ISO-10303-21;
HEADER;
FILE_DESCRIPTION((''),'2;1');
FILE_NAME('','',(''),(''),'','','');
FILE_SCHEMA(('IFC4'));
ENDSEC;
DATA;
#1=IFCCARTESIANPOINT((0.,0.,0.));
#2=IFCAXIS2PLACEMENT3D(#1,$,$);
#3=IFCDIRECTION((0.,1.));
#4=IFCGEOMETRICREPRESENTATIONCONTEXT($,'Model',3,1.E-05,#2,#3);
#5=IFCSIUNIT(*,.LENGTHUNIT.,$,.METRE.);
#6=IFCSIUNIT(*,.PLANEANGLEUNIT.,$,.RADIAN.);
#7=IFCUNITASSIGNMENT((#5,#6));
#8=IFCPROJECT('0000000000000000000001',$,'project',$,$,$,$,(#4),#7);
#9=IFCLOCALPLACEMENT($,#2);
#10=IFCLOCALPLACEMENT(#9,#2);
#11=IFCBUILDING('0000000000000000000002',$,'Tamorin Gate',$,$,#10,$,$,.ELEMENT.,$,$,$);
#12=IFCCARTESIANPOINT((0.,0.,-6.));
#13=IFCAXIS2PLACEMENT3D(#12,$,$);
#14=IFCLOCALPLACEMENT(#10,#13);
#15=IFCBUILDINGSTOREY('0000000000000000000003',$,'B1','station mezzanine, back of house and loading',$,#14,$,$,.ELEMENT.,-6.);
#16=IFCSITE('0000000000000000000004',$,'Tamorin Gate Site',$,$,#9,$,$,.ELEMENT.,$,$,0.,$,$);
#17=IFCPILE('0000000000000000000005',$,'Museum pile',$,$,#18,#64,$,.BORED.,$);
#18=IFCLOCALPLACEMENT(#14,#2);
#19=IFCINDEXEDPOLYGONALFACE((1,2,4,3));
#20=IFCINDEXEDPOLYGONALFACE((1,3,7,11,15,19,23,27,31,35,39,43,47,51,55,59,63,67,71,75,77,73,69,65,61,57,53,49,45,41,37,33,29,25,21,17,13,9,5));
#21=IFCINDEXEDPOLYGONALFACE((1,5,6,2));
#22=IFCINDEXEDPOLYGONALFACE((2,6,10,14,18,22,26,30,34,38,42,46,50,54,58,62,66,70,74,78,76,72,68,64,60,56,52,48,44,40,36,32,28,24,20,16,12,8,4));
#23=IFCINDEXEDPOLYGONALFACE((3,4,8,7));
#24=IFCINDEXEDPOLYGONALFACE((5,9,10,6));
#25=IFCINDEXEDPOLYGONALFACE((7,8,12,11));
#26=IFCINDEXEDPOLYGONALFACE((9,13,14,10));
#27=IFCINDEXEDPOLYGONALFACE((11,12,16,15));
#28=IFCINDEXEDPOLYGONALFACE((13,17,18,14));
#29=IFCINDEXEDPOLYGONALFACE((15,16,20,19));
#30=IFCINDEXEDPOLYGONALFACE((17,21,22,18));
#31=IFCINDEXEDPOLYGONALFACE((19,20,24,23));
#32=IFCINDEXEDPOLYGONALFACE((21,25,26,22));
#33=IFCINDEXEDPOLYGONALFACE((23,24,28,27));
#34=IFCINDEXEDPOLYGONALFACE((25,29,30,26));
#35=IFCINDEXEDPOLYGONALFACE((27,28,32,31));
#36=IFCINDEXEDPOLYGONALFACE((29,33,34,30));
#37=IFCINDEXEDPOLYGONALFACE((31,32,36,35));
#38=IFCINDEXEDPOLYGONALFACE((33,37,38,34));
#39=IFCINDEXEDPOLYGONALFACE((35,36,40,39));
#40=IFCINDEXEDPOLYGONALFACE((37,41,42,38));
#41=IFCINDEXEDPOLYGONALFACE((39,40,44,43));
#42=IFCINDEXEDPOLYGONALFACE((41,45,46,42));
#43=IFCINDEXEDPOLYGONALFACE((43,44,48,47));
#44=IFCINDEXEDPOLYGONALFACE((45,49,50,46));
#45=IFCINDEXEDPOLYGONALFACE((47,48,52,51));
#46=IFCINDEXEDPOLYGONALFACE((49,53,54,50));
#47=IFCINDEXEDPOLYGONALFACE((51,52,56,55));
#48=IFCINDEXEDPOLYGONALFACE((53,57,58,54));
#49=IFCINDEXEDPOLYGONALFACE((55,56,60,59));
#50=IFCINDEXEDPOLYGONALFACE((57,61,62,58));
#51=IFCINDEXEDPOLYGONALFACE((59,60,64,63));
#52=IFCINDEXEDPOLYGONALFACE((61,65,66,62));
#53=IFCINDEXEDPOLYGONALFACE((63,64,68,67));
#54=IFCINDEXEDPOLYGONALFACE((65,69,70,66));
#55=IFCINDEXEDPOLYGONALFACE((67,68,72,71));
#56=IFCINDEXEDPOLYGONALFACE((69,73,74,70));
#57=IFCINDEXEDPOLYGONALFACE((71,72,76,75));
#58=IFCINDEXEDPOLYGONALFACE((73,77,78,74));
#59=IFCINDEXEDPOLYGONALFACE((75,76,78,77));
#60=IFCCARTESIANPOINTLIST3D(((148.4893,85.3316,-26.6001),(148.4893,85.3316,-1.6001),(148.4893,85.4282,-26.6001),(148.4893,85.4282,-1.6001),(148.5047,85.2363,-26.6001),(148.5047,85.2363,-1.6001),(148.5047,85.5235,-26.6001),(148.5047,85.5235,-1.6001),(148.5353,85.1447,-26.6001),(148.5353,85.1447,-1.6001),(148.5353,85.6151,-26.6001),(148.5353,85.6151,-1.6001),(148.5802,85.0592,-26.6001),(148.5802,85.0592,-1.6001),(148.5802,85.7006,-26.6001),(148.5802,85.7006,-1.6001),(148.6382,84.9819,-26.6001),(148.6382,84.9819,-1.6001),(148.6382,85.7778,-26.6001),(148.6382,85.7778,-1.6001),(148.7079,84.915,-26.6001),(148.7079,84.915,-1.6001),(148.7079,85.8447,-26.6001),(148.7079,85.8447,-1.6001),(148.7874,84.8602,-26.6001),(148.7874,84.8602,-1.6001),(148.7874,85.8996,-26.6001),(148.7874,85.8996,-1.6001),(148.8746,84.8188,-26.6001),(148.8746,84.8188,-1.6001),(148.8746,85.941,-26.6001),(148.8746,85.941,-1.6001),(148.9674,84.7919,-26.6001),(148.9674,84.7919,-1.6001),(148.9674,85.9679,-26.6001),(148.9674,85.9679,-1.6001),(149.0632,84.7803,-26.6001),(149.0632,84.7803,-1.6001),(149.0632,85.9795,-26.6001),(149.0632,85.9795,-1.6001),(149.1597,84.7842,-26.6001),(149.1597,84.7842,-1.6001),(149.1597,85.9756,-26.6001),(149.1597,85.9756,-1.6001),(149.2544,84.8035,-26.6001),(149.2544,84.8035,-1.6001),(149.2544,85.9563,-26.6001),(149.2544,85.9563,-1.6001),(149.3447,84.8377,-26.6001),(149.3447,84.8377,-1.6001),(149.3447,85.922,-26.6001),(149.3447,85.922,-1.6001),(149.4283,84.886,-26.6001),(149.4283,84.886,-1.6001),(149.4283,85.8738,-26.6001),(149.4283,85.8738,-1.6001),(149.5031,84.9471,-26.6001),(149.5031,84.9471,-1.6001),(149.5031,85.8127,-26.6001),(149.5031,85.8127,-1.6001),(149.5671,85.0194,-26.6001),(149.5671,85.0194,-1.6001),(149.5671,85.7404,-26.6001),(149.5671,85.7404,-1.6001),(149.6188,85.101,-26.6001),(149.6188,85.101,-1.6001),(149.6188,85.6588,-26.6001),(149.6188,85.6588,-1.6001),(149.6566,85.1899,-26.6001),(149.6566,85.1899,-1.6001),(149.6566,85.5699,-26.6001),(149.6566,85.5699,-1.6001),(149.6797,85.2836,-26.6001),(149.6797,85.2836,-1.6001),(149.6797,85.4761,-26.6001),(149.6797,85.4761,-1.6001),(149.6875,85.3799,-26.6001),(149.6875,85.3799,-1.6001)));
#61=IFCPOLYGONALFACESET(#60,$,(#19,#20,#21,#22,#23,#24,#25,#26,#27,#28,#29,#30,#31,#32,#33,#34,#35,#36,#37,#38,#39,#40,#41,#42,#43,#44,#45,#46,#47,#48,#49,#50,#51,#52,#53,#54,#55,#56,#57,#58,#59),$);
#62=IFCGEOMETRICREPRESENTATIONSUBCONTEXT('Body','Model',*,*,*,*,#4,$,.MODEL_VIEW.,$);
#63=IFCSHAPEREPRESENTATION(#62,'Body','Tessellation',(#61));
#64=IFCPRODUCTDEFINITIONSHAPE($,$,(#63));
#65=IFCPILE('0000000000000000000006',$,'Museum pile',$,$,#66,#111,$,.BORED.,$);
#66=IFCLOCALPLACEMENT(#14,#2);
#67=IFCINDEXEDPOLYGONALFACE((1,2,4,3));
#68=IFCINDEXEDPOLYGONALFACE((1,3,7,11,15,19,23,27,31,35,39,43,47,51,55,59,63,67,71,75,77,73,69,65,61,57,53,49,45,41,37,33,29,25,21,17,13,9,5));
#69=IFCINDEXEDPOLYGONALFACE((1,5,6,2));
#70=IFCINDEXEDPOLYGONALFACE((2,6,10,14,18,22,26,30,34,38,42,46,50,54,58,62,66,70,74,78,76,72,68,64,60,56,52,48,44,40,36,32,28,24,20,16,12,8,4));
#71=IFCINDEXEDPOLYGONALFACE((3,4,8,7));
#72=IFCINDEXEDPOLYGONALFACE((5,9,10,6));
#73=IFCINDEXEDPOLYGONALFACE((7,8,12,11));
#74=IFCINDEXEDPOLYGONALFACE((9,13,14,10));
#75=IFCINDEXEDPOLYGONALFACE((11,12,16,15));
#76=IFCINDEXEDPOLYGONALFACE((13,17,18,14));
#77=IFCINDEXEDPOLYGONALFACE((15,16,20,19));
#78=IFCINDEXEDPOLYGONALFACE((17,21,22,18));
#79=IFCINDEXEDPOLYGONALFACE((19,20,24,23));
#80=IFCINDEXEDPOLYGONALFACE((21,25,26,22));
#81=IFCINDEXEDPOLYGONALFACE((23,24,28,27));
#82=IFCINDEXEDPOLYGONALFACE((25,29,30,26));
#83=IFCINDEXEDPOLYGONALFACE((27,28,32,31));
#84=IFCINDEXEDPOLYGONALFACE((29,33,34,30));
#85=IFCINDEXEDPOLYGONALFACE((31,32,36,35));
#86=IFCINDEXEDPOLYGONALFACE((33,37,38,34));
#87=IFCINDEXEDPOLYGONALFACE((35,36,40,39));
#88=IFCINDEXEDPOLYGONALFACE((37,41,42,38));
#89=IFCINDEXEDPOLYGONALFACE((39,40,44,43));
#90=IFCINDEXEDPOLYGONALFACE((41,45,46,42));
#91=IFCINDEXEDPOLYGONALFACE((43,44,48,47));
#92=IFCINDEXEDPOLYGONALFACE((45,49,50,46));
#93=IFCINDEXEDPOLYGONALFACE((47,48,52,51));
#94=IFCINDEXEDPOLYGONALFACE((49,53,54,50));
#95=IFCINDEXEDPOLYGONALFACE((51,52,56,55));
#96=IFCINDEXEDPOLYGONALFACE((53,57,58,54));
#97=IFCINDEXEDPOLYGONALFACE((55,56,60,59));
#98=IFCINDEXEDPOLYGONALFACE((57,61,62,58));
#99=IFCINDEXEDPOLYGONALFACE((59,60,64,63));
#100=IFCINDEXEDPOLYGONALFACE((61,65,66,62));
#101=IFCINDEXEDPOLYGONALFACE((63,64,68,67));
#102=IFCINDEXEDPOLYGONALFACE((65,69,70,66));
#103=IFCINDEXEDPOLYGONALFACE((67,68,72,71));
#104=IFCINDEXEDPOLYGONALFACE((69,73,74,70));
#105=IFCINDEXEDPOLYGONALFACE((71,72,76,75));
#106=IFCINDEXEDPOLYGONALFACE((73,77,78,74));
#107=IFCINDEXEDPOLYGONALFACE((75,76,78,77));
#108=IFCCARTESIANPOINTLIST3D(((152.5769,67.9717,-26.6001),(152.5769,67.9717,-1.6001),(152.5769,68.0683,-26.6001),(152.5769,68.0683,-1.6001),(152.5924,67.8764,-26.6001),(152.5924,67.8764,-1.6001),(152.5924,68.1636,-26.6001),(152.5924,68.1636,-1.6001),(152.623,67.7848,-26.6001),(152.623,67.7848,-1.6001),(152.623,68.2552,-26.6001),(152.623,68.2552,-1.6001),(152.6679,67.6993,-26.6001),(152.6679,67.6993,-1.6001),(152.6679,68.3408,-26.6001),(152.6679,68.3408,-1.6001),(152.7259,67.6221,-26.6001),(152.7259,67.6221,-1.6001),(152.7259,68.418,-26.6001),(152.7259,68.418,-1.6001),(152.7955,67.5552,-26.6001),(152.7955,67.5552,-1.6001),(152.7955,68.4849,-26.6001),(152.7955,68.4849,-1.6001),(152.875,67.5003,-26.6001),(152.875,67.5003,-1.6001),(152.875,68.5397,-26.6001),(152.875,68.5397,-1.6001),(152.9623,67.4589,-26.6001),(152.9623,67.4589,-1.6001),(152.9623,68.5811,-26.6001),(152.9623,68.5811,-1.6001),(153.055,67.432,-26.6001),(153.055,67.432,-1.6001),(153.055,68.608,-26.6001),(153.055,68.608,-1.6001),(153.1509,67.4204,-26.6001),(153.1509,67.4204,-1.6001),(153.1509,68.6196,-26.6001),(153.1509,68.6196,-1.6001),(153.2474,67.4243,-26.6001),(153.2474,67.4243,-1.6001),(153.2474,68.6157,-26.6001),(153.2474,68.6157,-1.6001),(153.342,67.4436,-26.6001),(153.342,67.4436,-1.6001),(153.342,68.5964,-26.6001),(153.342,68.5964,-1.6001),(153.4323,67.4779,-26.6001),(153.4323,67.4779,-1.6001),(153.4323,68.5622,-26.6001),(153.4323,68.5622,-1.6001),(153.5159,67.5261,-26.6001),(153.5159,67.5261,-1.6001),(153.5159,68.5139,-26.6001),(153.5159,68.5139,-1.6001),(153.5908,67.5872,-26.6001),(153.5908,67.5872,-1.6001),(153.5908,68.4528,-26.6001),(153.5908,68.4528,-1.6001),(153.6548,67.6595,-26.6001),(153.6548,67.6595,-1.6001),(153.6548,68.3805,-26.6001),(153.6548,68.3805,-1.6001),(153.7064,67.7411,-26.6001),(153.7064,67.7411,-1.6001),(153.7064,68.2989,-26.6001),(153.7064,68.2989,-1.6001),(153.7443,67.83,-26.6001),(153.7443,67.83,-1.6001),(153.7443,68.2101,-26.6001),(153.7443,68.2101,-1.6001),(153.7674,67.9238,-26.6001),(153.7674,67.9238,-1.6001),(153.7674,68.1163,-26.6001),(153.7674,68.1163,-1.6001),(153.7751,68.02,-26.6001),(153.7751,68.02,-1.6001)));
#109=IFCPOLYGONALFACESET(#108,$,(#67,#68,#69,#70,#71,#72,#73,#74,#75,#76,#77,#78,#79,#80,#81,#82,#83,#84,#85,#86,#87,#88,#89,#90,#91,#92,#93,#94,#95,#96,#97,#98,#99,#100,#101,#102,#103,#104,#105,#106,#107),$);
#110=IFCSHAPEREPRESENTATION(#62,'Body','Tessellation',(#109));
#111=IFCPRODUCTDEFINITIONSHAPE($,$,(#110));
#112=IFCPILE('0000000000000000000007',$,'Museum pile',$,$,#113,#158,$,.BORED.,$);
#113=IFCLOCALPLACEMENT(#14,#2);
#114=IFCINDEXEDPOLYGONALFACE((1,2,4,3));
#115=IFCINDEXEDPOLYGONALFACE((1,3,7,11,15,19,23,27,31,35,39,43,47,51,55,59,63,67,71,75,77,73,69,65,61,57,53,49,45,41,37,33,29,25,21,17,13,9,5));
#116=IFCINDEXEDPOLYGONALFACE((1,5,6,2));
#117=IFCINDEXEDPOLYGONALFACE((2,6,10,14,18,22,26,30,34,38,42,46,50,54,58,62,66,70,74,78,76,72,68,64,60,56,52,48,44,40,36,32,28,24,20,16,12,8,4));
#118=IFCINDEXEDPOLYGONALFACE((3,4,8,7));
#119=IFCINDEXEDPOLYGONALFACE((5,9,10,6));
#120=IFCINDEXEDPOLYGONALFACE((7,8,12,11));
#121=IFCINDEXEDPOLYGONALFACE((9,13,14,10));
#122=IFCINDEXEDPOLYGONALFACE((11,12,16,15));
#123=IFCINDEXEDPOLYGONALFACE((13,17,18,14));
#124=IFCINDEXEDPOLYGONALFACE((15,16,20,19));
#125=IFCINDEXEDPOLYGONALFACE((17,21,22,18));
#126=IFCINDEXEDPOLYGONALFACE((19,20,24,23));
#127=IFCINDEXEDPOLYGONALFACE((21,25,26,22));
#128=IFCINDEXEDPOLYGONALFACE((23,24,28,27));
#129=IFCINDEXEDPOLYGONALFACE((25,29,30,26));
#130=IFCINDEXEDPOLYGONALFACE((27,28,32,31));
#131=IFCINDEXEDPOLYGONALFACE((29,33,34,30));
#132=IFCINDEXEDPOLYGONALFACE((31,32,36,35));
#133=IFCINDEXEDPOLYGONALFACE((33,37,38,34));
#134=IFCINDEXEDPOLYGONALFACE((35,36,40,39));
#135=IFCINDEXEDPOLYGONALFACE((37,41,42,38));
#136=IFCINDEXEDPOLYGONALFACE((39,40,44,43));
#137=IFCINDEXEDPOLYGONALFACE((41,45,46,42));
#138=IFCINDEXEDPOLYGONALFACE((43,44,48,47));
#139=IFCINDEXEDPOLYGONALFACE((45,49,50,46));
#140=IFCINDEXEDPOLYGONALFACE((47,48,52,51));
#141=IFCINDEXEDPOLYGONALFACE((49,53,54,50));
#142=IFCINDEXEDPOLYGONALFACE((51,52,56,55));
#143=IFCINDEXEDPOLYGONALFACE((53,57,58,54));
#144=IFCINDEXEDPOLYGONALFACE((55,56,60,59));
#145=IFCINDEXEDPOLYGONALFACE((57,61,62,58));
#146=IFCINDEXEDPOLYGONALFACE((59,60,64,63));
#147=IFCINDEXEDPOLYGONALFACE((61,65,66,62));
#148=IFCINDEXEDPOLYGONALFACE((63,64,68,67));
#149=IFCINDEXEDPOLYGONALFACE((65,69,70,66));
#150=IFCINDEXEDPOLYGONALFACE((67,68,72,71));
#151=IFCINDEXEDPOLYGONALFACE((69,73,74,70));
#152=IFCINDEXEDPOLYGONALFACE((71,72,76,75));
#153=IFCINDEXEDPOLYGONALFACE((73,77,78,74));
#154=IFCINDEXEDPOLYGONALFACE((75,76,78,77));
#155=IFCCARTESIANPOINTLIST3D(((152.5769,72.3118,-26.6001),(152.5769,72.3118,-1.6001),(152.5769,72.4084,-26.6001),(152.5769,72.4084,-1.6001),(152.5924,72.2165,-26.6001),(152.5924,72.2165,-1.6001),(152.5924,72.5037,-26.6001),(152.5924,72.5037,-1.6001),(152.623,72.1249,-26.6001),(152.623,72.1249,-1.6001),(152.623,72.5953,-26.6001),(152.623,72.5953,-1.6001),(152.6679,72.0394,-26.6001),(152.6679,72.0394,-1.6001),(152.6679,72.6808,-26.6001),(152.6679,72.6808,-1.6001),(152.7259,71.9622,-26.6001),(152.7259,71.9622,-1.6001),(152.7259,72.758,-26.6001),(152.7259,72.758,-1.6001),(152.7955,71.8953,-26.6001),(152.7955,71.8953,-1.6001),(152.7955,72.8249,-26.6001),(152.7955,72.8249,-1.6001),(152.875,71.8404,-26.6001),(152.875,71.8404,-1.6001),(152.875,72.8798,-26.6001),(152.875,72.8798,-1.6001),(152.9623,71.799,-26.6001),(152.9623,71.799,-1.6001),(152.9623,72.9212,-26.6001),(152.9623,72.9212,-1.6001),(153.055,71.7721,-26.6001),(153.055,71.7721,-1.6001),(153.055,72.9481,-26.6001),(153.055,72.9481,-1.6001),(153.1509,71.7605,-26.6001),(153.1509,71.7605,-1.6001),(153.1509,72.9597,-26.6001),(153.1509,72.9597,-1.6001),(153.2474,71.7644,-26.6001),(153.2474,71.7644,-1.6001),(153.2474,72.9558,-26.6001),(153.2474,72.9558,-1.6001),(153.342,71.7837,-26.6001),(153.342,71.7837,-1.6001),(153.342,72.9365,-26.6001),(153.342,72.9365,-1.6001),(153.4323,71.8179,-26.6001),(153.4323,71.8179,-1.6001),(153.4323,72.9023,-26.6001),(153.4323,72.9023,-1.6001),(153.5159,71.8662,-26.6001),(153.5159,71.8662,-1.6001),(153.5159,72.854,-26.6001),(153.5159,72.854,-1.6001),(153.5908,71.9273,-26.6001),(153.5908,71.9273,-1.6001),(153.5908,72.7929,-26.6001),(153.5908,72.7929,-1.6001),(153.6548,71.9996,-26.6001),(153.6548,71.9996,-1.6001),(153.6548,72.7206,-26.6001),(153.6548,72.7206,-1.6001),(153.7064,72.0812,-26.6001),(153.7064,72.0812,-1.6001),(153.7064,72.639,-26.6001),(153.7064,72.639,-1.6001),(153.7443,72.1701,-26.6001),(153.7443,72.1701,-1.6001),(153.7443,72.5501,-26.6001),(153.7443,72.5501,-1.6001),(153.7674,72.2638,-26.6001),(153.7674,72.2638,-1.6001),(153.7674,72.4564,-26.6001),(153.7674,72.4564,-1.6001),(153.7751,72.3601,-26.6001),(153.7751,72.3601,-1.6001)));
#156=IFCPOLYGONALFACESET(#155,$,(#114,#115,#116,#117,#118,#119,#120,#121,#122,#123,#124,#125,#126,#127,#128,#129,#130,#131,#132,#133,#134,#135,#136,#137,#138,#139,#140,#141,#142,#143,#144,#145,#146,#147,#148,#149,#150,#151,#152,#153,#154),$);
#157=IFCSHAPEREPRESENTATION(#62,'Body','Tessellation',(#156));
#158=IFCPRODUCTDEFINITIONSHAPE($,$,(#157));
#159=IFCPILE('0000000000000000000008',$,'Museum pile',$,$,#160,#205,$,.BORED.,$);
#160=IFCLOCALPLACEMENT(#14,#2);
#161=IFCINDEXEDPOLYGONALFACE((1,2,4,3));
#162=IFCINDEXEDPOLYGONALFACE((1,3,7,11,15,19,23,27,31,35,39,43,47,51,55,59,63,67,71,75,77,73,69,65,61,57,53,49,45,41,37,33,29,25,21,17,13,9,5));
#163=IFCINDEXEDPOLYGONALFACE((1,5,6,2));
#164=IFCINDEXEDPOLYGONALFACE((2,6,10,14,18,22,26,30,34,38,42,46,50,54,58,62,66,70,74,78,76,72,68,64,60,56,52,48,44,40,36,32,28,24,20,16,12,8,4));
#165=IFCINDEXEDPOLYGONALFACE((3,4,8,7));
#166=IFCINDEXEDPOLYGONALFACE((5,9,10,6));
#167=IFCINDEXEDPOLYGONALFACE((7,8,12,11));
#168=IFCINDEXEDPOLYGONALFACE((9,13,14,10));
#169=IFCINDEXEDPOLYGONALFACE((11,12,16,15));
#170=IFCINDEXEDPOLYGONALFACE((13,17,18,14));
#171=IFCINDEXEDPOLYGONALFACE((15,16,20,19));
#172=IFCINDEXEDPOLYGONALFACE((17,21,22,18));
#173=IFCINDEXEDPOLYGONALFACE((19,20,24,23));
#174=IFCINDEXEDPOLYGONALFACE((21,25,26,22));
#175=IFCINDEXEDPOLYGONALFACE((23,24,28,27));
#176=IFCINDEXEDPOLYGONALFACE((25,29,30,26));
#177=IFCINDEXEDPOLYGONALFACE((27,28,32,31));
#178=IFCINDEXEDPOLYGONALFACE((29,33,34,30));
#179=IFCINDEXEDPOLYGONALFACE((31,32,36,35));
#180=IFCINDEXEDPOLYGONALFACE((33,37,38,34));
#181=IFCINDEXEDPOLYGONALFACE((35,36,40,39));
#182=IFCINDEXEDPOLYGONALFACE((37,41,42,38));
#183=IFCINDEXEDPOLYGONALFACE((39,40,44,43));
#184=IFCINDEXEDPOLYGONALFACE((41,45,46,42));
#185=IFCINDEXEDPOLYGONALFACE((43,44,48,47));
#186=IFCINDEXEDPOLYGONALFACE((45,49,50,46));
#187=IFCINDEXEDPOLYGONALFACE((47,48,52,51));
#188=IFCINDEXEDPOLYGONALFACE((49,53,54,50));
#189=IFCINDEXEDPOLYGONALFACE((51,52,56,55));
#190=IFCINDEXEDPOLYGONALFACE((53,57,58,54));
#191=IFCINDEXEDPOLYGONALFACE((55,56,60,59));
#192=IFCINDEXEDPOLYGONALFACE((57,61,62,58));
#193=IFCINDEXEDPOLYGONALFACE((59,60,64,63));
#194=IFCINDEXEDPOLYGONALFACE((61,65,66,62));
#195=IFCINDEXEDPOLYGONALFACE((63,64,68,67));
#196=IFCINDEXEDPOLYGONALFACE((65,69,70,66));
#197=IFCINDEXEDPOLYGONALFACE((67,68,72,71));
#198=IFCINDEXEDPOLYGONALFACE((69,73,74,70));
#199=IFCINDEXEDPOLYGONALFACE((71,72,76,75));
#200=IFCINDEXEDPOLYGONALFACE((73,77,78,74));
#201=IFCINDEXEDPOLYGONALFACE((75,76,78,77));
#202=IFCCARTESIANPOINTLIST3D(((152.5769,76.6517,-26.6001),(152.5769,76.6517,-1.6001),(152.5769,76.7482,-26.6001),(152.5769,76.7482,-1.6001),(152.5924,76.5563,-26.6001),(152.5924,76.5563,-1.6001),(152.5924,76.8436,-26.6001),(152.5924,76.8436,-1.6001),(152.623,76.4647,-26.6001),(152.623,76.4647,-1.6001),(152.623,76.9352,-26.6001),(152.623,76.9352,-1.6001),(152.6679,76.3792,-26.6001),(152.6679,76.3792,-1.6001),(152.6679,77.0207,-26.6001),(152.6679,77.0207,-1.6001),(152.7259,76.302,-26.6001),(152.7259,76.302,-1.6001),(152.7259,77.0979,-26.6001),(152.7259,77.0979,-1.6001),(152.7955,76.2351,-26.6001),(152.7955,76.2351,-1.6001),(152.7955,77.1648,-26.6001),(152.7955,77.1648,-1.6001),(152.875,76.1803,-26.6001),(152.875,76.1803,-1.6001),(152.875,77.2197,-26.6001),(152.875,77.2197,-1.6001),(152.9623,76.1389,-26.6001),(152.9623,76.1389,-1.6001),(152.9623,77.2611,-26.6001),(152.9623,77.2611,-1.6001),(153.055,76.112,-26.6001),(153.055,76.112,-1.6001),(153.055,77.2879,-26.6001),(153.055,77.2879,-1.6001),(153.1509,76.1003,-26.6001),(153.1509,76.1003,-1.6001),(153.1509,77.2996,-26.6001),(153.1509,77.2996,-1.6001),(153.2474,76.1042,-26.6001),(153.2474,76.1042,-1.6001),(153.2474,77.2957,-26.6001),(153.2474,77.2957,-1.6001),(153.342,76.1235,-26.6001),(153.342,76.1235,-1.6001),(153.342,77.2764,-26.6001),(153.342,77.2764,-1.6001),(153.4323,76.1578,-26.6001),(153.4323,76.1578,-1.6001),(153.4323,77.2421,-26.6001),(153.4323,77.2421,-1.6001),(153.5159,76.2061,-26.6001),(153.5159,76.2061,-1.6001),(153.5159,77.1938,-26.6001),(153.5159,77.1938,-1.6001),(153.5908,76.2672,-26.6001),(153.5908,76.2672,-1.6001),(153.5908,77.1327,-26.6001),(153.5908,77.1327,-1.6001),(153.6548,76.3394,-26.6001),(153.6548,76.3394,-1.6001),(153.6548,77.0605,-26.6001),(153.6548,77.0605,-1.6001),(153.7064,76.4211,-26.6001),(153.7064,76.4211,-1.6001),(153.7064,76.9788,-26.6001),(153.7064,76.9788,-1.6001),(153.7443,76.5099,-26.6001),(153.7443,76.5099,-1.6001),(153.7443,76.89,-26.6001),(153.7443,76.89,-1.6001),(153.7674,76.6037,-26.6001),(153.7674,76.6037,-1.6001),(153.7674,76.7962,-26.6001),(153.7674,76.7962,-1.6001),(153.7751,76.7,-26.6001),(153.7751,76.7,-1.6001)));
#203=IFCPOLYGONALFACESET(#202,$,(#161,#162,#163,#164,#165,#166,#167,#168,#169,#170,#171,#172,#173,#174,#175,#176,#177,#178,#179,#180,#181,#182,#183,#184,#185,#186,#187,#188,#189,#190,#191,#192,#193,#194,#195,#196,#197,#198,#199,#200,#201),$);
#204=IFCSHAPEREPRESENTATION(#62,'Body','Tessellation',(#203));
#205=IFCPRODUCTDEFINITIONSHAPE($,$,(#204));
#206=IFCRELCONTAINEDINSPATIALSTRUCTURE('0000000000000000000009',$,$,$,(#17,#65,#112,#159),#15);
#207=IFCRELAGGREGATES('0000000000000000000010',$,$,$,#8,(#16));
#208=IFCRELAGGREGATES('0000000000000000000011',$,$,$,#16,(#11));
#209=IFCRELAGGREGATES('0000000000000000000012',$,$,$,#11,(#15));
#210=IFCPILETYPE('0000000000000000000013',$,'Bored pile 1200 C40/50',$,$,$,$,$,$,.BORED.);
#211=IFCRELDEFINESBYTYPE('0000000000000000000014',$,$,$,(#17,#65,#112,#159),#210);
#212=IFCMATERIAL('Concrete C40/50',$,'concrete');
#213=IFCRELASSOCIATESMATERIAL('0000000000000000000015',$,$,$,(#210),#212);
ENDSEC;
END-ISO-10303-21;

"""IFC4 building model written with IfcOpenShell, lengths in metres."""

from ifc_helpers import new_model, si_unit, direction, frame, origin, origin_2d, place, context, subcontext, project, spatial, circle, extrude, material, material_profile, profile_set, type_object, element, save


model = new_model("IFC4")

# Units and contexts
model_context = context("Model", 3, precision=1e-05, world=origin(), true_north=direction((0.0, 1.0)))
body_context = subcontext(model_context, "Body", "Model", "MODEL_VIEW")
ifc_project = project(units=[si_unit("LENGTHUNIT", "METRE"), si_unit("PLANEANGLEUNIT", "RADIAN")], contexts=[model_context])

# Site, building, storey
site_placement = place(None, origin())
site = spatial("IfcSite", under=ifc_project, at=site_placement, Name="Tamorin Gate Site", CompositionType="ELEMENT", RefElevation=0.0)
building_placement = place(site_placement, origin())
building = spatial("IfcBuilding", under=site, at=building_placement, Name="Tamorin Gate", CompositionType="ELEMENT")
storey_placement = place(building_placement, frame((0.0, 0.0, -6.0)))
storey = spatial("IfcBuildingStorey", under=building, at=storey_placement, Name="B1", Description="station mezzanine, back of house and loading", CompositionType="ELEMENT", Elevation=-6.0)

# Piles
ifc_material_1 = material(Name="Concrete C40/50", Category="concrete")
ifc_material_profile_1 = material_profile(ifc_material_1, circle(Radius=0.6001, at=origin_2d()))
ifc_profile_set_1 = profile_set([ifc_material_profile_1], Name="Concrete C40/50")
pile_type = type_object("IfcPileType", Name="Bored pile 1200 C40/50", PredefinedType="BORED", material=ifc_profile_set_1)
for number, where, z_axis, x_axis, name in (
    (1, (149.0874, 85.3799, -1.6001), (0.0, 0.0, -1.0), (1.0, 0.0, 0.0), "Museum pile"),
    (2, (153.175, 68.02, -1.6001), (0.0, 0.0, -1.0), (1.0, 0.0, 0.0), "Museum pile"),
    (3, (153.175, 72.3601, -1.6001), (0.0, 0.0, -1.0), (1.0, 0.0, 0.0), "Museum pile"),
    (4, (153.175, 76.7, -1.6001), (0.0, 0.0, -1.0), (1.0, 0.0, 0.0), "Museum pile"),
):
    element("IfcPile", number, at=place(storey_placement, frame(where, z_axis=z_axis, x_axis=x_axis)), inside=storey, type_object=pile_type, Name=name, PredefinedType="BORED", context=body_context, shape_type="SweptSolid", body=[
        extrude(circle(Radius=0.6001, at=origin_2d()), origin(), (0.0, 0.0, 1.0), 25.0),
    ])

save(model, "model.ifc")
